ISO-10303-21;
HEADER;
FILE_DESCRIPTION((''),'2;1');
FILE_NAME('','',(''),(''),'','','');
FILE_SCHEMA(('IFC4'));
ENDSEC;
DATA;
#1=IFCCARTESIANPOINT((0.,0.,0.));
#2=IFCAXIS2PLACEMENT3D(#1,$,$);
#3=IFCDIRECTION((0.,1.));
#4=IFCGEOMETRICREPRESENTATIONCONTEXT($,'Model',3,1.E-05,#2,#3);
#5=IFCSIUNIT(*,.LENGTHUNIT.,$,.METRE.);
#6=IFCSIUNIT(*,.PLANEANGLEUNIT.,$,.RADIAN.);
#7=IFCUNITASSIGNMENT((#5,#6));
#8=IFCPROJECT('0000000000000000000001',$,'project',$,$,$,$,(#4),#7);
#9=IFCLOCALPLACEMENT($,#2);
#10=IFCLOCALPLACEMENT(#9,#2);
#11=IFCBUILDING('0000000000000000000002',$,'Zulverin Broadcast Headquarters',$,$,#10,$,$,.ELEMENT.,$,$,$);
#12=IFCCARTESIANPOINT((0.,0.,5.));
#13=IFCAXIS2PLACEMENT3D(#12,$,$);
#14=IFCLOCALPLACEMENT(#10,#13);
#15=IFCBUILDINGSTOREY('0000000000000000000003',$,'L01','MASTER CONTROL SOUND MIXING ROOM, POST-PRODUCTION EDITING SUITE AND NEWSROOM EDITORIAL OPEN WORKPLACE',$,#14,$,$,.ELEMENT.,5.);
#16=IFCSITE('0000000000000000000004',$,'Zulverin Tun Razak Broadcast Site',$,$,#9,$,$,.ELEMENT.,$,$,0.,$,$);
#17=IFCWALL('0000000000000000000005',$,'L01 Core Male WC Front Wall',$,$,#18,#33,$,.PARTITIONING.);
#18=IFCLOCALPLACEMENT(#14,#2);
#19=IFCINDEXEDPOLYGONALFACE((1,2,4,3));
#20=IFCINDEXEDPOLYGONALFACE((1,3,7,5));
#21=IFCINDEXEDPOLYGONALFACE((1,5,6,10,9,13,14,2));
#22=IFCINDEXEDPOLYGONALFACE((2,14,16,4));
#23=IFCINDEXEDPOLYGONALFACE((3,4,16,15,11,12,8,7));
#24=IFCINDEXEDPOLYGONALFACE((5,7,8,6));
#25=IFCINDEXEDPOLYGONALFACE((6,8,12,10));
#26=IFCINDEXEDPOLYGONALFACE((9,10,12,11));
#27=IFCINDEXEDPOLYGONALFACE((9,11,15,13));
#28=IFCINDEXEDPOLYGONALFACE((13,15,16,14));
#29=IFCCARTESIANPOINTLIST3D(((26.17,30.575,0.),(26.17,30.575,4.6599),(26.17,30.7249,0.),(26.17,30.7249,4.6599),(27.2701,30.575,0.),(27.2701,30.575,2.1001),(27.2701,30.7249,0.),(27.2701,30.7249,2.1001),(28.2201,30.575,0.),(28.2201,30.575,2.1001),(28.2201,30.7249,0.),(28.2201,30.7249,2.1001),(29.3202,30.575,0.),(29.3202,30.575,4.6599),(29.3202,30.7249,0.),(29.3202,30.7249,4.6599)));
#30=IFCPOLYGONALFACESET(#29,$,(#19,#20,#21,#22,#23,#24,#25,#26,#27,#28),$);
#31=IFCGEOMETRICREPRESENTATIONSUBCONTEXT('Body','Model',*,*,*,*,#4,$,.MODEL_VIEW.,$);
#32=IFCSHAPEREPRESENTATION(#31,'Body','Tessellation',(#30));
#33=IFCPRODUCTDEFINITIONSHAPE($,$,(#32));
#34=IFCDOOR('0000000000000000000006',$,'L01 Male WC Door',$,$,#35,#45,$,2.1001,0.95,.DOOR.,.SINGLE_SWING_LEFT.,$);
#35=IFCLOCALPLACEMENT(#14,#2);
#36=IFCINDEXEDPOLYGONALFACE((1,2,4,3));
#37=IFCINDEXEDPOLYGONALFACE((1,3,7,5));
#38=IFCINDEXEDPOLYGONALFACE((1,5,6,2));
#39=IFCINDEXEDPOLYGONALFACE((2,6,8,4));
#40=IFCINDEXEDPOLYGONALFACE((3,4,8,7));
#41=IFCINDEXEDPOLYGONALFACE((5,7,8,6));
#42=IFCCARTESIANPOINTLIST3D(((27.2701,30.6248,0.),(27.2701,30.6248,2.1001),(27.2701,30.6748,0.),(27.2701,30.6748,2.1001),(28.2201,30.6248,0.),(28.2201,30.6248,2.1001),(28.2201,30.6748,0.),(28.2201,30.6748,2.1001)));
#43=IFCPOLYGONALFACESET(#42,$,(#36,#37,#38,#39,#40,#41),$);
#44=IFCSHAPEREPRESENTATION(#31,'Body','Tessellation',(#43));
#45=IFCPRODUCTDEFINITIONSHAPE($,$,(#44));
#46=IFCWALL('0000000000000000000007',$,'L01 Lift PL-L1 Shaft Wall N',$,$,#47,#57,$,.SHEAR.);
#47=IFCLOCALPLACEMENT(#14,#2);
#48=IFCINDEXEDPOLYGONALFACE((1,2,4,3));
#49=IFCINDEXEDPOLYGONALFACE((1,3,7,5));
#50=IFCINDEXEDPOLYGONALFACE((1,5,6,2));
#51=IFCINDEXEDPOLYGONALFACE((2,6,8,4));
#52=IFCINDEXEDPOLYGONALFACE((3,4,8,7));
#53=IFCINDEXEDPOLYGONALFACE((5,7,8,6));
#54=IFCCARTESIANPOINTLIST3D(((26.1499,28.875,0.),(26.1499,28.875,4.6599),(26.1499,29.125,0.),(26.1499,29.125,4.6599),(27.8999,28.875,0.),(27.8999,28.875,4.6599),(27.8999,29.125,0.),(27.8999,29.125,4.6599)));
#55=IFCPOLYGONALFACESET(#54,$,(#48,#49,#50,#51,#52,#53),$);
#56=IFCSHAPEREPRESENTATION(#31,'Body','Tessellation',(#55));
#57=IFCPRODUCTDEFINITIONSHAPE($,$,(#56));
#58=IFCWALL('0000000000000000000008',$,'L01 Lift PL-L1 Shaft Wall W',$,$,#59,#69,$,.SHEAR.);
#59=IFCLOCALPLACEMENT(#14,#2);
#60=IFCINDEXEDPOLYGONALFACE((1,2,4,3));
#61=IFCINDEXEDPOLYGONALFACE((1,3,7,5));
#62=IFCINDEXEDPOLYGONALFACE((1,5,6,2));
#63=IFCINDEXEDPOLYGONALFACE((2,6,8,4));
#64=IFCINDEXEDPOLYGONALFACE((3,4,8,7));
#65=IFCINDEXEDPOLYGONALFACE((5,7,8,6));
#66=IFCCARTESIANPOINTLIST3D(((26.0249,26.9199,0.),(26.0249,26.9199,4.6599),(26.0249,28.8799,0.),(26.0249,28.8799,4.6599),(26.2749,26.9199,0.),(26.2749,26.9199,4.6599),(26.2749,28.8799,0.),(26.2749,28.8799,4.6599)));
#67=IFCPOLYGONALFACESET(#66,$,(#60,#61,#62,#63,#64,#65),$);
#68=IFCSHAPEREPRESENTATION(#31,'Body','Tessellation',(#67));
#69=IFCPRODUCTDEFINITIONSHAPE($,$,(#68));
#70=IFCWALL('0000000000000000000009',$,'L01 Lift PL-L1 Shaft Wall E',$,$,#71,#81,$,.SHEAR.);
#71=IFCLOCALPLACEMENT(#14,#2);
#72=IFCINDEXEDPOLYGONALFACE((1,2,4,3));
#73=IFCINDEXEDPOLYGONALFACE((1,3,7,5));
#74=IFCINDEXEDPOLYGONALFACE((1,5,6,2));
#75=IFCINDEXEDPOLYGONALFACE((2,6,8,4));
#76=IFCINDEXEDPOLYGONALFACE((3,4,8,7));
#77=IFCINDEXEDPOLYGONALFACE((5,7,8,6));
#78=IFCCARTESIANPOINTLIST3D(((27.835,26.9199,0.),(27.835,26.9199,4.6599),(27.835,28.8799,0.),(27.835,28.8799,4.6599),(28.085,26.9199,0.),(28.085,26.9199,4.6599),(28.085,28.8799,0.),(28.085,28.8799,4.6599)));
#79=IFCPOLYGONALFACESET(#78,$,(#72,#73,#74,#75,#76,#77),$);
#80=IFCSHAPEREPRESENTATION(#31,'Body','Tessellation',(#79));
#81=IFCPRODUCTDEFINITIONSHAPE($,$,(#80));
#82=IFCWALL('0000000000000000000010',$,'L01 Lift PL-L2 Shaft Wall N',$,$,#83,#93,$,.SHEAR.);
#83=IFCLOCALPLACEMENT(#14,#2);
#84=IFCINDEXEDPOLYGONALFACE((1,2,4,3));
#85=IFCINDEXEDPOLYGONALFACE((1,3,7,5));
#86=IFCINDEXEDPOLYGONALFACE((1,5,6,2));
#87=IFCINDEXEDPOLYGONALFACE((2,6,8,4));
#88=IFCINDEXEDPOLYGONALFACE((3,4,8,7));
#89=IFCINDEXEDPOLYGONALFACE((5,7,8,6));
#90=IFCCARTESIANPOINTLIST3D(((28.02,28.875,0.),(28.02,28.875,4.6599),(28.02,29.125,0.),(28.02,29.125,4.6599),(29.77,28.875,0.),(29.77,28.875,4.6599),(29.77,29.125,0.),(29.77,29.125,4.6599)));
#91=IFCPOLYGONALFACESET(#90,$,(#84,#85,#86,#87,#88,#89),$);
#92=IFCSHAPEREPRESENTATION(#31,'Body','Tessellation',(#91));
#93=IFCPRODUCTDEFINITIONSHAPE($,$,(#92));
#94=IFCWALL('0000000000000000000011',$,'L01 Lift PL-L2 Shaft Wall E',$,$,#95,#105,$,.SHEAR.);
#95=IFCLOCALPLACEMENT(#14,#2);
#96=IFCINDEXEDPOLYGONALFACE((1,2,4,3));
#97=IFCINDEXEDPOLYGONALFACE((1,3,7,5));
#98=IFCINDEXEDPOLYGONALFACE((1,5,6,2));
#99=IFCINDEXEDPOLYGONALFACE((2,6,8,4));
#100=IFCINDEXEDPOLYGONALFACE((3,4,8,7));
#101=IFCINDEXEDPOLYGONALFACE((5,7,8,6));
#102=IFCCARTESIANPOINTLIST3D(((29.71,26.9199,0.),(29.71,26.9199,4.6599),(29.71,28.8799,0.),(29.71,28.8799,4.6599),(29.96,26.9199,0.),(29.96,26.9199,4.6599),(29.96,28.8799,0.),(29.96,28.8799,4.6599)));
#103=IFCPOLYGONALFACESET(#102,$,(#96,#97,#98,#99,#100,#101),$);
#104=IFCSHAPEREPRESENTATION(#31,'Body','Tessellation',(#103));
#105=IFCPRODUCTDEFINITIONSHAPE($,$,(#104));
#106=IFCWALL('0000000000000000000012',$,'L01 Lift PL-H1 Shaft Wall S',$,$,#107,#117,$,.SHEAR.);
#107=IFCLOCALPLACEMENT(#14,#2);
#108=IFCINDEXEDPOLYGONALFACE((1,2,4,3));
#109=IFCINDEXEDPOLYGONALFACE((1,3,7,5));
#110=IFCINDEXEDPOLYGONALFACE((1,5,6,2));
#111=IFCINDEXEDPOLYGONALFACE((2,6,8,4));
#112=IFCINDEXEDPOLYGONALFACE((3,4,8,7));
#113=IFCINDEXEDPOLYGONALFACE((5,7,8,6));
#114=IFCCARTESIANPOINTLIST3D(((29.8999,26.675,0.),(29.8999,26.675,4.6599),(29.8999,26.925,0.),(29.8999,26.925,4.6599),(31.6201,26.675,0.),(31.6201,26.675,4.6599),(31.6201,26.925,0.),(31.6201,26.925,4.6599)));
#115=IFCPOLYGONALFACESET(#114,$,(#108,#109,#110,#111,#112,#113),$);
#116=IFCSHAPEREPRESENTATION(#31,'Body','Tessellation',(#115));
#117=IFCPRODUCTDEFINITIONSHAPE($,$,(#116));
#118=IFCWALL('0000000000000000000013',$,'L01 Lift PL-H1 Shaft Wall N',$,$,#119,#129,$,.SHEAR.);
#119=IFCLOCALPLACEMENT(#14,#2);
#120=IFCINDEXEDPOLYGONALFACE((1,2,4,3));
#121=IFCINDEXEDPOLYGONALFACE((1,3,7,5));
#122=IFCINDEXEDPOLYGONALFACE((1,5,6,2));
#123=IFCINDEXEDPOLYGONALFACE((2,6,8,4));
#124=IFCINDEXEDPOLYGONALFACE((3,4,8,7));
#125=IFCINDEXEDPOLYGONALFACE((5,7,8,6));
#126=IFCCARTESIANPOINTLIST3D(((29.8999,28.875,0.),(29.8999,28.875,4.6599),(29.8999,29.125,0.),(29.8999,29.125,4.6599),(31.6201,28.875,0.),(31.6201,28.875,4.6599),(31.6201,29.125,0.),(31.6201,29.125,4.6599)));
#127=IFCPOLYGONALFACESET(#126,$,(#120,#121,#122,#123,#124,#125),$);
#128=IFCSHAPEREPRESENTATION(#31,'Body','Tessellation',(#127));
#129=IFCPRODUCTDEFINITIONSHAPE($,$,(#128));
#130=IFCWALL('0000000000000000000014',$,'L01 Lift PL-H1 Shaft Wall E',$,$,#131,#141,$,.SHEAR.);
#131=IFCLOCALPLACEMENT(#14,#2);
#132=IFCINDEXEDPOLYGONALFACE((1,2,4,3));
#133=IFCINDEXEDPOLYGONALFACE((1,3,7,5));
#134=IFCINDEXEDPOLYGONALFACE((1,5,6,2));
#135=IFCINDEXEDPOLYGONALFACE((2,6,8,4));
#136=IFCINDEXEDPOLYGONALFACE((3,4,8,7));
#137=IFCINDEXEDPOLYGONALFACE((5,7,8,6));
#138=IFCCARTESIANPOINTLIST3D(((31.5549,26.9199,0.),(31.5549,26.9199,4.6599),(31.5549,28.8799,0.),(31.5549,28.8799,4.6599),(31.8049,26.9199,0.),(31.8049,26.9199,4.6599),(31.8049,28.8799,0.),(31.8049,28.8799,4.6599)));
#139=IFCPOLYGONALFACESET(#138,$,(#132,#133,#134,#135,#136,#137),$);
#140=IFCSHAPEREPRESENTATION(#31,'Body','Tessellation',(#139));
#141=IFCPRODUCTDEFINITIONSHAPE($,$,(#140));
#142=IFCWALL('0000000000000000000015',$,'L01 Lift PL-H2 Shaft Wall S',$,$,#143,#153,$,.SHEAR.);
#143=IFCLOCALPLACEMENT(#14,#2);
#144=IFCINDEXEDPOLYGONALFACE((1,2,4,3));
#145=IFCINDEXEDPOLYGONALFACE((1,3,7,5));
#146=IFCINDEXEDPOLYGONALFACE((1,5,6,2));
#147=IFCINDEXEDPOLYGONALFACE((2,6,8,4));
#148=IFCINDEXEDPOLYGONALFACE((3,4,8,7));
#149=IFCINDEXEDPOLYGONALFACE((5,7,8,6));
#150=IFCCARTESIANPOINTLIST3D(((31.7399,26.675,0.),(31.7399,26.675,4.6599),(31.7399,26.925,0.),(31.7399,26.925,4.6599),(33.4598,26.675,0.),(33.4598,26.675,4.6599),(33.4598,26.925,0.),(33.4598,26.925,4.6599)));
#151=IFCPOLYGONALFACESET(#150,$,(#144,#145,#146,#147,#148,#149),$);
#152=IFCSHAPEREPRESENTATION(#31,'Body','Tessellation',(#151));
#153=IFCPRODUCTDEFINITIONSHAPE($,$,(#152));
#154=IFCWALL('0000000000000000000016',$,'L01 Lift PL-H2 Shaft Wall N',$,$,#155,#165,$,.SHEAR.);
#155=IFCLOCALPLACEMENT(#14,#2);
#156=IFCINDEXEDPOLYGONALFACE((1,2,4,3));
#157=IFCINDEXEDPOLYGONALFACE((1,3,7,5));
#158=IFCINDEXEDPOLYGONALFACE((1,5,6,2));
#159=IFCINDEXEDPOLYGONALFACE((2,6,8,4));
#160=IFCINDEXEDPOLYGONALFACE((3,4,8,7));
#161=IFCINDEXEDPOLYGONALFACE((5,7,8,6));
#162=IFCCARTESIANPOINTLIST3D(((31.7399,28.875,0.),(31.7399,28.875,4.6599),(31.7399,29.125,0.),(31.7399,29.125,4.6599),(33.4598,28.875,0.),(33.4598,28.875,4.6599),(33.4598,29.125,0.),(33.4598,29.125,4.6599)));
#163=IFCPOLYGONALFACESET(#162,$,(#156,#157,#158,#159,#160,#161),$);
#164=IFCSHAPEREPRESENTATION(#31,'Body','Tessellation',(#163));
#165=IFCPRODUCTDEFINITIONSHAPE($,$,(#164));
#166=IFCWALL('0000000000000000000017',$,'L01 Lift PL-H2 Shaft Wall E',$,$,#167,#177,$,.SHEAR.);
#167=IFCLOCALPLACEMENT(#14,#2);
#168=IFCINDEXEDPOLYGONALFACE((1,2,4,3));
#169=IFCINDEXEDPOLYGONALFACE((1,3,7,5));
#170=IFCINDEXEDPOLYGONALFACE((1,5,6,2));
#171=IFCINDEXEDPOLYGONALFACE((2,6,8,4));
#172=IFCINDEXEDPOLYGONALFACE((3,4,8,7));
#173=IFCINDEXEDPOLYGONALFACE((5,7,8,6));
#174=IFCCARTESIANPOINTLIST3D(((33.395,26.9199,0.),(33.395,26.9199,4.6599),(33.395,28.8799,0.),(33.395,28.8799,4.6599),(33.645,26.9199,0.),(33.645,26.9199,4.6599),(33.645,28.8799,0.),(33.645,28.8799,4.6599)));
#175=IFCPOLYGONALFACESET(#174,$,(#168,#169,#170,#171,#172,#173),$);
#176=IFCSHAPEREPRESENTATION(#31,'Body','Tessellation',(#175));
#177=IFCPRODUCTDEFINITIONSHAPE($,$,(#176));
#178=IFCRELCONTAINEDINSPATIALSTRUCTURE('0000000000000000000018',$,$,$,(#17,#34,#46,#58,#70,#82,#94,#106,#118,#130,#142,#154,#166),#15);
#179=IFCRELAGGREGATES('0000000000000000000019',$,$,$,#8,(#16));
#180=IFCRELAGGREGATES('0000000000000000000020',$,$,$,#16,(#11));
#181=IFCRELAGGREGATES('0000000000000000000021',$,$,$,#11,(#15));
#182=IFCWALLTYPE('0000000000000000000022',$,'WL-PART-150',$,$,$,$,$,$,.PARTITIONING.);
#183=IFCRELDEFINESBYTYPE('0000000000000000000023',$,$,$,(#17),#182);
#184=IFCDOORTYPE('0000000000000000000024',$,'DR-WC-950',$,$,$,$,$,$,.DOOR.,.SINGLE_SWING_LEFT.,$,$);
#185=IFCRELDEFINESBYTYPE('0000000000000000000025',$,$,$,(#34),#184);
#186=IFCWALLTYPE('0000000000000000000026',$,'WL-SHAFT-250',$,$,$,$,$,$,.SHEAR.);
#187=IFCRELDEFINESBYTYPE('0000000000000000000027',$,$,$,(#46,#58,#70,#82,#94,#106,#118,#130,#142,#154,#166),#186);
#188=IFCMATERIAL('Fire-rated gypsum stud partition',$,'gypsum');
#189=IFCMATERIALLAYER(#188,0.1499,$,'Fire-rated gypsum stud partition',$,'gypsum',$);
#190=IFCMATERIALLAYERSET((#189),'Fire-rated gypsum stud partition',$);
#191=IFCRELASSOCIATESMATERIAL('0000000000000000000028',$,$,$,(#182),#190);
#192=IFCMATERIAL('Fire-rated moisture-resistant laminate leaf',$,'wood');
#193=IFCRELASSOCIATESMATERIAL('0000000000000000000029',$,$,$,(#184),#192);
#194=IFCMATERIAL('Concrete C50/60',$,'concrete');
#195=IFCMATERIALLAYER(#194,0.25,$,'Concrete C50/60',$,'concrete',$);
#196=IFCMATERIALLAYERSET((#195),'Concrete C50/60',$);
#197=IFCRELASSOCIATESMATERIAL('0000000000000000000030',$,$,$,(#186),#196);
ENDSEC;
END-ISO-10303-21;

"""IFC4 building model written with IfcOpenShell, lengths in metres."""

from ifc_helpers import new_model, si_unit, direction, frame, frame_2d, origin, place, context, subcontext, project, spatial, rectangle, extrude, material, layer, layer_set, type_object, element, fill, save


model = new_model("IFC4")

# Units and contexts
model_context = context("Model", 3, precision=1e-05, world=origin(), true_north=direction((0.0, 1.0)))
body_context = subcontext(model_context, "Body", "Model", "MODEL_VIEW")
ifc_project = project(units=[si_unit("LENGTHUNIT", "METRE"), si_unit("PLANEANGLEUNIT", "RADIAN")], contexts=[model_context])

# Site, building, storey
site_placement = place(None, origin())
site = spatial("IfcSite", under=ifc_project, at=site_placement, Name="Zulverin Tun Razak Broadcast Site", CompositionType="ELEMENT", RefElevation=0.0)
building_placement = place(site_placement, origin())
building = spatial("IfcBuilding", under=site, at=building_placement, Name="Zulverin Broadcast Headquarters", CompositionType="ELEMENT")
storey_placement = place(building_placement, frame((0.0, 0.0, 5.0)))
storey = spatial("IfcBuildingStorey", under=building, at=storey_placement, Name="L01", Description="MASTER CONTROL SOUND MIXING ROOM, POST-PRODUCTION EDITING SUITE AND NEWSROOM EDITORIAL OPEN WORKPLACE", CompositionType="ELEMENT", Elevation=5.0)

# Wall, opening, door
ifc_material_1 = material(Name="Fire-rated gypsum stud partition", Category="gypsum")
ifc_layer_1 = layer(ifc_material_1, 0.1499, Name="Fire-rated gypsum stud partition", Category="gypsum")
ifc_layer_set_1 = layer_set([ifc_layer_1], Name="Fire-rated gypsum stud partition")
wall_type_1 = type_object("IfcWallType", Name="WL-PART-150", PredefinedType="PARTITIONING", material=ifc_layer_set_1)
wall_1_placement = place(storey_placement, frame((26.1699, 30.6499, 0.0), z_axis=(0.0, 0.0, 1.0), x_axis=(1.0, 0.0, 0.0)))
wall_1 = element("IfcWall", 1, at=wall_1_placement, inside=storey, type_object=wall_type_1, Name="L01 Core Male WC Front Wall", PredefinedType="PARTITIONING", context=body_context, shape_type="SweptSolid", body=[
    extrude(rectangle(XDim=3.1501, YDim=0.1499, at=frame_2d((1.5752, 0.0))), origin(), (0.0, 0.0, 1.0), 4.6599),
])
opening_1_placement = place(wall_1_placement, frame((1.1001, 0.0, 0.0)))
opening_1 = element("IfcOpeningElement", 2, at=opening_1_placement, cuts=wall_1, PredefinedType="OPENING", context=body_context, shape_type="SweptSolid", body=[
    extrude(rectangle(XDim=0.95, YDim=2.1001, at=frame_2d((0.4751, 1.05))), frame((0.0, 0.085, 0.0), z_axis=(0.0, -1.0, 0.0), x_axis=(1.0, 0.0, 0.0)), (0.0, 0.0, 1.0), 0.1699),
])
ifc_material_2 = material(Name="Fire-rated moisture-resistant laminate leaf", Category="wood")
door_type_1 = type_object("IfcDoorType", Name="DR-WC-950", OperationType="SINGLE_SWING_LEFT", PredefinedType="DOOR", material=ifc_material_2)
door_1_placement = place(opening_1_placement, origin())
door_1 = element("IfcDoor", 3, at=door_1_placement, inside=storey, type_object=door_type_1, Name="L01 Male WC Door", OperationType="SINGLE_SWING_LEFT", OverallHeight=2.1001, OverallWidth=0.95, PredefinedType="DOOR", context=body_context, shape_type="SweptSolid", body=[
    extrude(rectangle(XDim=0.95, YDim=2.1001, at=frame_2d((0.4751, 1.05))), frame((0.0, 0.0249, 0.0), z_axis=(0.0, -1.0, 0.0), x_axis=(1.0, 0.0, 0.0)), (0.0, 0.0, 1.0), 0.05),
])
fill(opening_1, door_1)
ifc_material_3 = material(Name="Concrete C50/60", Category="concrete")
ifc_layer_2 = layer(ifc_material_3, 0.25, Name="Concrete C50/60", Category="concrete")
ifc_layer_set_2 = layer_set([ifc_layer_2], Name="Concrete C50/60")
wall_type_2 = type_object("IfcWallType", Name="WL-SHAFT-250", PredefinedType="SHEAR", material=ifc_layer_set_2)

# Walls
wall_2_placement = place(storey_placement, frame((26.1499, 29.0, 0.0), z_axis=(0.0, 0.0, 1.0), x_axis=(1.0, 0.0, 0.0)))
element("IfcWall", 4, at=wall_2_placement, inside=storey, type_object=wall_type_2, Name="L01 Lift PL-L1 Shaft Wall N", PredefinedType="SHEAR", context=body_context, shape_type="SweptSolid", body=[
    extrude(rectangle(XDim=1.75, YDim=0.25, at=frame_2d((0.875, 0.0))), origin(), (0.0, 0.0, 1.0), 4.6599),
])
for number, where, z_axis, x_axis, name in (
    (5, (26.1499, 26.9199, 0.0), (0.0, 0.0, 1.0), (0.0, 1.0, 0.0), "L01 Lift PL-L1 Shaft Wall W"),
    (6, (27.96, 26.9199, 0.0), (0.0, 0.0, 1.0), (0.0, 1.0, 0.0), "L01 Lift PL-L1 Shaft Wall E"),
):
    element("IfcWall", number, at=place(storey_placement, frame(where, z_axis=z_axis, x_axis=x_axis)), inside=storey, type_object=wall_type_2, Name=name, PredefinedType="SHEAR", context=body_context, shape_type="SweptSolid", body=[
        extrude(rectangle(XDim=1.96, YDim=0.25, at=frame_2d((0.98, 0.0))), origin(), (0.0, 0.0, 1.0), 4.6599),
    ])

# Walls
wall_3_placement = place(storey_placement, frame((28.02, 29.0, 0.0), z_axis=(0.0, 0.0, 1.0), x_axis=(1.0, 0.0, 0.0)))
element("IfcWall", 7, at=wall_3_placement, inside=storey, type_object=wall_type_2, Name="L01 Lift PL-L2 Shaft Wall N", PredefinedType="SHEAR", context=body_context, shape_type="SweptSolid", body=[
    extrude(rectangle(XDim=1.75, YDim=0.25, at=frame_2d((0.875, 0.0))), origin(), (0.0, 0.0, 1.0), 4.6599),
])
wall_4_placement = place(storey_placement, frame((29.835, 26.9199, 0.0), z_axis=(0.0, 0.0, 1.0), x_axis=(0.0, 1.0, 0.0)))
element("IfcWall", 8, at=wall_4_placement, inside=storey, type_object=wall_type_2, Name="L01 Lift PL-L2 Shaft Wall E", PredefinedType="SHEAR", context=body_context, shape_type="SweptSolid", body=[
    extrude(rectangle(XDim=1.96, YDim=0.25, at=frame_2d((0.98, 0.0))), origin(), (0.0, 0.0, 1.0), 4.6599),
])
for number, where, z_axis, x_axis, name in (
    (9, (29.8999, 26.8, 0.0), (0.0, 0.0, 1.0), (1.0, 0.0, 0.0), "L01 Lift PL-H1 Shaft Wall S"),
    (10, (29.8999, 29.0, 0.0), (0.0, 0.0, 1.0), (1.0, 0.0, 0.0), "L01 Lift PL-H1 Shaft Wall N"),
):
    element("IfcWall", number, at=place(storey_placement, frame(where, z_axis=z_axis, x_axis=x_axis)), inside=storey, type_object=wall_type_2, Name=name, PredefinedType="SHEAR", context=body_context, shape_type="SweptSolid", body=[
        extrude(rectangle(XDim=1.7202, YDim=0.25, at=frame_2d((0.8601, 0.0))), origin(), (0.0, 0.0, 1.0), 4.6599),
    ])
wall_5_placement = place(storey_placement, frame((31.6799, 26.9199, 0.0), z_axis=(0.0, 0.0, 1.0), x_axis=(0.0, 1.0, 0.0)))
element("IfcWall", 11, at=wall_5_placement, inside=storey, type_object=wall_type_2, Name="L01 Lift PL-H1 Shaft Wall E", PredefinedType="SHEAR", context=body_context, shape_type="SweptSolid", body=[
    extrude(rectangle(XDim=1.96, YDim=0.25, at=frame_2d((0.98, 0.0))), origin(), (0.0, 0.0, 1.0), 4.6599),
])
for number, where, z_axis, x_axis, name in (
    (12, (31.74, 26.8, 0.0), (0.0, 0.0, 1.0), (1.0, 0.0, 0.0), "L01 Lift PL-H2 Shaft Wall S"),
    (13, (31.74, 29.0, 0.0), (0.0, 0.0, 1.0), (1.0, 0.0, 0.0), "L01 Lift PL-H2 Shaft Wall N"),
):
    element("IfcWall", number, at=place(storey_placement, frame(where, z_axis=z_axis, x_axis=x_axis)), inside=storey, type_object=wall_type_2, Name=name, PredefinedType="SHEAR", context=body_context, shape_type="SweptSolid", body=[
        extrude(rectangle(XDim=1.72, YDim=0.25, at=frame_2d((0.8599, 0.0))), origin(), (0.0, 0.0, 1.0), 4.6599),
    ])
wall_6_placement = place(storey_placement, frame((33.52, 26.9199, 0.0), z_axis=(0.0, 0.0, 1.0), x_axis=(0.0, 1.0, 0.0)))
element("IfcWall", 14, at=wall_6_placement, inside=storey, type_object=wall_type_2, Name="L01 Lift PL-H2 Shaft Wall E", PredefinedType="SHEAR", context=body_context, shape_type="SweptSolid", body=[
    extrude(rectangle(XDim=1.96, YDim=0.25, at=frame_2d((0.98, 0.0))), origin(), (0.0, 0.0, 1.0), 4.6599),
])

save(model, "model.ifc")
